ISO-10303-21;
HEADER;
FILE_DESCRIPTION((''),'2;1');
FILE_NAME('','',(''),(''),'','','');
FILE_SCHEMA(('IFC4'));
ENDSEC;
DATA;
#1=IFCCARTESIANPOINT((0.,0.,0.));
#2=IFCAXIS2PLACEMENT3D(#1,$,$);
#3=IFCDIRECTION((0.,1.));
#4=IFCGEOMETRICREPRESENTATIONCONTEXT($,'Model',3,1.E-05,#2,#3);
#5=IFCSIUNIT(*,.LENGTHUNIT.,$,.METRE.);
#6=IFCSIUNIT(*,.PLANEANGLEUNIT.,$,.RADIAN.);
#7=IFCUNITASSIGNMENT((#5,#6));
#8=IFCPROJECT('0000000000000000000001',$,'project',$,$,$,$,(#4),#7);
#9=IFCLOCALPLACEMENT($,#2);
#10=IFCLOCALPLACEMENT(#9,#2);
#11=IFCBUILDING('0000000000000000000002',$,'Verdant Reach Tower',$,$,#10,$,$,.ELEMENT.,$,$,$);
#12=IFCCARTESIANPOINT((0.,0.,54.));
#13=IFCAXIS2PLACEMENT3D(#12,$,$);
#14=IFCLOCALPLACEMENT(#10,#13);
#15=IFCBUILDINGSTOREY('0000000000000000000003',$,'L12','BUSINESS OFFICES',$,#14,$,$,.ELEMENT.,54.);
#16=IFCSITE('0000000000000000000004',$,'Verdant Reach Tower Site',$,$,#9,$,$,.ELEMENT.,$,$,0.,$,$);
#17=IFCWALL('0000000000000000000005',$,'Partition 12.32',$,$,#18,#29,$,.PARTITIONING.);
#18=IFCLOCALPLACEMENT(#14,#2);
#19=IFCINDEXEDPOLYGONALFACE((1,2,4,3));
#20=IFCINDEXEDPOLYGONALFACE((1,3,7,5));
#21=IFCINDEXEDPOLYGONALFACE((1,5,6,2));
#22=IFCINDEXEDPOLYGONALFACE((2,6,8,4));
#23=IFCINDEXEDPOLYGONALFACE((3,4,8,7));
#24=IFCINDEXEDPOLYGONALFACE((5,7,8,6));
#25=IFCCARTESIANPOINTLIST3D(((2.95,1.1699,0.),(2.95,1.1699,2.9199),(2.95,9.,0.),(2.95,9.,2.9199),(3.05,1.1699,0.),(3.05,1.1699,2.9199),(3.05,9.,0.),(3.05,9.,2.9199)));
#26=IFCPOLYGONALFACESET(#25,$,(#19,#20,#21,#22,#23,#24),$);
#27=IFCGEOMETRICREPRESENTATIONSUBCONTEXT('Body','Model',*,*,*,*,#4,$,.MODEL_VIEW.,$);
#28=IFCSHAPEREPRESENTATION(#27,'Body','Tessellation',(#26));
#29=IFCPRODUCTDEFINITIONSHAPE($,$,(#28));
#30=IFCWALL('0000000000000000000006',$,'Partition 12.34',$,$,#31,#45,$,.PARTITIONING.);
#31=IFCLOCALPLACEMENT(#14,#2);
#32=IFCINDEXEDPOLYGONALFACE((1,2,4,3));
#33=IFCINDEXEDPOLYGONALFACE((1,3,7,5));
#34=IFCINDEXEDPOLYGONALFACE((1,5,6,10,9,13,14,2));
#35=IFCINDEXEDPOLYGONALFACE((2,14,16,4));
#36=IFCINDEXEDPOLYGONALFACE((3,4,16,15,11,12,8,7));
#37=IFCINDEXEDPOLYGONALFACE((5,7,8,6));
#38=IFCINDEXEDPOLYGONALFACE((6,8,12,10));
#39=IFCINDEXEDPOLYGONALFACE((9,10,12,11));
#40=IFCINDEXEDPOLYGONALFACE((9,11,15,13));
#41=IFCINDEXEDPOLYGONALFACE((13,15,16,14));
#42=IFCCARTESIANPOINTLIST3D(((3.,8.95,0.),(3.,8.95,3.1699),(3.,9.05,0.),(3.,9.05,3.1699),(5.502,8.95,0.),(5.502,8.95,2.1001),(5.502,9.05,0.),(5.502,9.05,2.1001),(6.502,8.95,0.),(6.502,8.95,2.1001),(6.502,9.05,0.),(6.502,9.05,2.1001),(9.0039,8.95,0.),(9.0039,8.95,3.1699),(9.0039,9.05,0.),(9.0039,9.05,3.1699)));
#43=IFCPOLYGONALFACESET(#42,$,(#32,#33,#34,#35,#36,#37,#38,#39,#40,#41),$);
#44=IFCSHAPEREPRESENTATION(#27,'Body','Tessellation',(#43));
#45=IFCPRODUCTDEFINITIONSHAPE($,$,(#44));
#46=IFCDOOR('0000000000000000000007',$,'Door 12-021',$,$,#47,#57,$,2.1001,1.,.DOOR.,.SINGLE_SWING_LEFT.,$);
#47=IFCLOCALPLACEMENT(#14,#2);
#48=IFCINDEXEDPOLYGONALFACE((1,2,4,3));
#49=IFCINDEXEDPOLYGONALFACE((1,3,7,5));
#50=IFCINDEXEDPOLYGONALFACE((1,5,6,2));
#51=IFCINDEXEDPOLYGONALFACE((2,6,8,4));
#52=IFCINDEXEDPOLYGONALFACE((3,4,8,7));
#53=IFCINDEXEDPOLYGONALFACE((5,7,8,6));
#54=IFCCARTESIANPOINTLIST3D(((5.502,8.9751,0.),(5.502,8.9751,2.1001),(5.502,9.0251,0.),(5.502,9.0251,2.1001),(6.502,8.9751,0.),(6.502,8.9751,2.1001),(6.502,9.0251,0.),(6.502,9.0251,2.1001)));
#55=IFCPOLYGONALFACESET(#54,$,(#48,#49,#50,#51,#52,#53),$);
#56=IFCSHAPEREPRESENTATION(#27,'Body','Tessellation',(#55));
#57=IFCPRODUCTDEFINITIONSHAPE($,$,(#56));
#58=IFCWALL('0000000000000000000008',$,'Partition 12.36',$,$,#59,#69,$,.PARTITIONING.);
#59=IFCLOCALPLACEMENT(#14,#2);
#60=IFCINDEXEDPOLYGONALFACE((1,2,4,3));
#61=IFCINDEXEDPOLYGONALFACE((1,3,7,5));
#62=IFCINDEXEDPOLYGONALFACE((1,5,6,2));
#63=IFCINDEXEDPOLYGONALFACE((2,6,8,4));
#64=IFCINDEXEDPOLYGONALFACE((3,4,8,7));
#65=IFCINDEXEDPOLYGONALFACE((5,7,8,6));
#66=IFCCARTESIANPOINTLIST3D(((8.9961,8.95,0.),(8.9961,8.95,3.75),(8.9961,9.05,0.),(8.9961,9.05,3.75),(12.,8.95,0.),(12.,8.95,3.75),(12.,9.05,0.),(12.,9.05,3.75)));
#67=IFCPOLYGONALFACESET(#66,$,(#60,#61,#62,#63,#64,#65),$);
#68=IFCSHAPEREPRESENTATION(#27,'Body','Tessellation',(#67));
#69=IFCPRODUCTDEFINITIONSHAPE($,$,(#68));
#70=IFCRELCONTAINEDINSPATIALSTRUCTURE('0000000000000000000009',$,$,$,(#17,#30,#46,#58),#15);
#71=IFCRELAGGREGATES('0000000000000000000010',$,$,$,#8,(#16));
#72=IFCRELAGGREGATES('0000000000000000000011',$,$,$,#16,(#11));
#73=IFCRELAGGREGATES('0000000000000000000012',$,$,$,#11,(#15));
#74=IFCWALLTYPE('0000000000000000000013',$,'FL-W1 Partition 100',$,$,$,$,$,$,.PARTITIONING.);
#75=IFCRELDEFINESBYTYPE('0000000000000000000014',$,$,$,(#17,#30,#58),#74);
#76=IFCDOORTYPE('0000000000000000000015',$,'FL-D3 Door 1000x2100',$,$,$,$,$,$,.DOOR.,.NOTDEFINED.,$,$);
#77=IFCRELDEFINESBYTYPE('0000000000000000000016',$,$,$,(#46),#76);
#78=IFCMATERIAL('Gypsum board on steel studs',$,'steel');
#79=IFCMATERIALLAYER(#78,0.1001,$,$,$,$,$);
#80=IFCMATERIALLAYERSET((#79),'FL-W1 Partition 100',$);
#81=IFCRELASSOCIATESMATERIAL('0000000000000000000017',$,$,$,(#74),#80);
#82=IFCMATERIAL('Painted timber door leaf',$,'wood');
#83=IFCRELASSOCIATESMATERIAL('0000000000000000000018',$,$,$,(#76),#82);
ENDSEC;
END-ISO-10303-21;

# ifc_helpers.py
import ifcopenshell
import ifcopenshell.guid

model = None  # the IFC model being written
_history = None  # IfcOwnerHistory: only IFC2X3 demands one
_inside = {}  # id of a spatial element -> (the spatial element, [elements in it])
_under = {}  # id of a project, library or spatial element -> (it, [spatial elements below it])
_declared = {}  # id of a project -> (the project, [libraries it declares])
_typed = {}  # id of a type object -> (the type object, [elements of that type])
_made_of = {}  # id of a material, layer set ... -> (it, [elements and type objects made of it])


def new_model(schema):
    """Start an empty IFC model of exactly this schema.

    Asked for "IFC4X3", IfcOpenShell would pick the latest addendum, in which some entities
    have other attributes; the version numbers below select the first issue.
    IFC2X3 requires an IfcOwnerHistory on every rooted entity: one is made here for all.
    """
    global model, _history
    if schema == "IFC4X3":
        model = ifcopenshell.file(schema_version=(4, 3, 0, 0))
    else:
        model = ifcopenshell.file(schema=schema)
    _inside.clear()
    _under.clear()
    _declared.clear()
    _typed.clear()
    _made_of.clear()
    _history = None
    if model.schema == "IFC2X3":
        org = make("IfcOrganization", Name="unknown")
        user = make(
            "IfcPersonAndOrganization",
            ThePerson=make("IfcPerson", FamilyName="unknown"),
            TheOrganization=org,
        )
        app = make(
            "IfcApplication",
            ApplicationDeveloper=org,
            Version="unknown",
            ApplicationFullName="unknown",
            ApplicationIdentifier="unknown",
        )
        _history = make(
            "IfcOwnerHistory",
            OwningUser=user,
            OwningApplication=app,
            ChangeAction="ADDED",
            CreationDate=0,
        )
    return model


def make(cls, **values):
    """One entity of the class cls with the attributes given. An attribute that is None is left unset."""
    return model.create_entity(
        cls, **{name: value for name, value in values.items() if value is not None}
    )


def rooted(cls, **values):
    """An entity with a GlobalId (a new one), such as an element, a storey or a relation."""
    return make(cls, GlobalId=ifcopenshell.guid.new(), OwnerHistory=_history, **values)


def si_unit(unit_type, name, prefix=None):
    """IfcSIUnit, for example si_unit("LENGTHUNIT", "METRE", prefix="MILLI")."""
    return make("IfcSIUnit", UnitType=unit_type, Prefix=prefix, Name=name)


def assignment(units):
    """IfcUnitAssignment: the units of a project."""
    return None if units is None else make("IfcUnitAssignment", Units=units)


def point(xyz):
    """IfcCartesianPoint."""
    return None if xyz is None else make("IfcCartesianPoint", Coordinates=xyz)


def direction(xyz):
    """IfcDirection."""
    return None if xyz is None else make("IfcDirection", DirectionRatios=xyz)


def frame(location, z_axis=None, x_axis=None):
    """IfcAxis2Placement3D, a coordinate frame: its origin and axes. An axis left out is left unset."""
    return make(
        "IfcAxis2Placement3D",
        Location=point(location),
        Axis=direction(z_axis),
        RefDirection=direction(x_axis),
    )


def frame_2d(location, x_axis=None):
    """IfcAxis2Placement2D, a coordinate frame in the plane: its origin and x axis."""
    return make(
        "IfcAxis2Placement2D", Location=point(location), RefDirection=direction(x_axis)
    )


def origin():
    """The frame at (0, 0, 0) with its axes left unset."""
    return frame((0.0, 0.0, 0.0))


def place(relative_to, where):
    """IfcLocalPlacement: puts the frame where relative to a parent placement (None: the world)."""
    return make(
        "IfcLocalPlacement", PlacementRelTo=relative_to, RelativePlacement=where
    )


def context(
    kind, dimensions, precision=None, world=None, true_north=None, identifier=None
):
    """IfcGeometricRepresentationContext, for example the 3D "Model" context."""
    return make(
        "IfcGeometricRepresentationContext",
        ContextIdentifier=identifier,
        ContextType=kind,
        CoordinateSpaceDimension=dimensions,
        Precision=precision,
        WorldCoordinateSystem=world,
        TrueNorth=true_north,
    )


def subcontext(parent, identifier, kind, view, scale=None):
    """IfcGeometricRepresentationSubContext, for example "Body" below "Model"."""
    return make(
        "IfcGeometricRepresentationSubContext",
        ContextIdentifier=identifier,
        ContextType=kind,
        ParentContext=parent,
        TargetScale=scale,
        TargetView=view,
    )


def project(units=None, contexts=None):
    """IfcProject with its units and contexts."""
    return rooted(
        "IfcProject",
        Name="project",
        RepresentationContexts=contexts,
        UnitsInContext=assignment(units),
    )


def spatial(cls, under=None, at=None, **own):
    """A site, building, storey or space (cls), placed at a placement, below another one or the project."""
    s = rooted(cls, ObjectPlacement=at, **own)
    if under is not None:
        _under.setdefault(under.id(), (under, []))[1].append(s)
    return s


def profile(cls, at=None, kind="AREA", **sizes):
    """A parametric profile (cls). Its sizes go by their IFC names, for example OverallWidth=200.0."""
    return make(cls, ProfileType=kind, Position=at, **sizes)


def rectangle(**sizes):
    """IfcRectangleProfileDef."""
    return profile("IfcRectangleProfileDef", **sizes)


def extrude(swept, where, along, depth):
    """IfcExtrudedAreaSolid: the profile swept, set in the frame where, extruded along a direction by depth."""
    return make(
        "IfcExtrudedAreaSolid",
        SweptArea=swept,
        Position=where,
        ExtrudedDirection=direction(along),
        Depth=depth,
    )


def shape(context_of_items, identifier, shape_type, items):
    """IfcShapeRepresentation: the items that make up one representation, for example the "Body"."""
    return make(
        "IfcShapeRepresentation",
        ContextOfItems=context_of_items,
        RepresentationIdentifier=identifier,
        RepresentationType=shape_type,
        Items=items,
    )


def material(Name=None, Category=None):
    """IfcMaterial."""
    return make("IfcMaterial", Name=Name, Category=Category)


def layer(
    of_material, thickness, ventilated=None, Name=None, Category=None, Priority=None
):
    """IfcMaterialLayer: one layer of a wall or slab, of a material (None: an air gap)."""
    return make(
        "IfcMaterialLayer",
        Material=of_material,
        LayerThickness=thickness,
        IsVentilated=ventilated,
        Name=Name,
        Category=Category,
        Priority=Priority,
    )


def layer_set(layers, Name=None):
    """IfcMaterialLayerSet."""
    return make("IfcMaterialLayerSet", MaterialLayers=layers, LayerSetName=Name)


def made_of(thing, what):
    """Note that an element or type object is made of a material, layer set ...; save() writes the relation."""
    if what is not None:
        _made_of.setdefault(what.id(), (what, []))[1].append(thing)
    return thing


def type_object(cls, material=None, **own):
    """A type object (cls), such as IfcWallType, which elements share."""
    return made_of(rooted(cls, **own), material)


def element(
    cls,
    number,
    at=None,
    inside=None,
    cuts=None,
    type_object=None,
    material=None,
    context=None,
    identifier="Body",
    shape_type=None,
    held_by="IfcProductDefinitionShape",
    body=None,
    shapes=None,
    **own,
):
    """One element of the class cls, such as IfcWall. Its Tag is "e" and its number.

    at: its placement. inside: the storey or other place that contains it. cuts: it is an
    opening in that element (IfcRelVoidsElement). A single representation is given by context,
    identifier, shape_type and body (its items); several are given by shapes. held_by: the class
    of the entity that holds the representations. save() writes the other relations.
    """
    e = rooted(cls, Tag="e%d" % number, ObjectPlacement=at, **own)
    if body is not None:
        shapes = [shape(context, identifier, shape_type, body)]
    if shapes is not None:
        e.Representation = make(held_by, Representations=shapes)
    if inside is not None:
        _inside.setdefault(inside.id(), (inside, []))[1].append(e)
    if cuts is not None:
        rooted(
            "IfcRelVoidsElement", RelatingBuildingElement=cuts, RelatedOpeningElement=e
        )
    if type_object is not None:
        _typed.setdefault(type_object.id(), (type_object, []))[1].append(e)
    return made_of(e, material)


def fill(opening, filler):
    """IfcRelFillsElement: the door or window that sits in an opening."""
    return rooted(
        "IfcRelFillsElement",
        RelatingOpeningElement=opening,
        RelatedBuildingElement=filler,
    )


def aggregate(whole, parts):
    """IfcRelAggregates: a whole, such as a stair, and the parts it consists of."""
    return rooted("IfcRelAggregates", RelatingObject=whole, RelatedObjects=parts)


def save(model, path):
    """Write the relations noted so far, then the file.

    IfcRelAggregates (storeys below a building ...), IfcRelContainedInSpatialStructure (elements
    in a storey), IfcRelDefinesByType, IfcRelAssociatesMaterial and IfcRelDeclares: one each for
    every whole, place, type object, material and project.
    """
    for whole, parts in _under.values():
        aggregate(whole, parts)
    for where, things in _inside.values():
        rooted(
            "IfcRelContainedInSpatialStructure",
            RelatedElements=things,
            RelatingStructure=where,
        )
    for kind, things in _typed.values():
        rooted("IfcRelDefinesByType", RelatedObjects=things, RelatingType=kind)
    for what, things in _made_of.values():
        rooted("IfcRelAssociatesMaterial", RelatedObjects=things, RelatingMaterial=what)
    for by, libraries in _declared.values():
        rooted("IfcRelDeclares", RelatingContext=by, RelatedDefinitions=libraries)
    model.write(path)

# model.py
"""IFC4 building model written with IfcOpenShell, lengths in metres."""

from ifc_helpers import new_model, si_unit, direction, frame, frame_2d, origin, place, context, subcontext, project, spatial, rectangle, extrude, material, layer, layer_set, type_object, element, fill, save


model = new_model("IFC4")

# Units and contexts
model_context = context("Model", 3, precision=1e-05, world=origin(), true_north=direction((0.0, 1.0)))
body_context = subcontext(model_context, "Body", "Model", "MODEL_VIEW")
ifc_project = project(units=[si_unit("LENGTHUNIT", "METRE"), si_unit("PLANEANGLEUNIT", "RADIAN")], contexts=[model_context])

# Site, building, storey
site_placement = place(None, origin())
site = spatial("IfcSite", under=ifc_project, at=site_placement, Name="Verdant Reach Tower Site", CompositionType="ELEMENT", RefElevation=0.0)
building_placement = place(site_placement, origin())
building = spatial("IfcBuilding", under=site, at=building_placement, Name="Verdant Reach Tower", CompositionType="ELEMENT")
storey_placement = place(building_placement, frame((0.0, 0.0, 54.0)))
storey = spatial("IfcBuildingStorey", under=building, at=storey_placement, Name="L12", Description="BUSINESS OFFICES", CompositionType="ELEMENT", Elevation=54.0)

# Shared definitions
ifc_material_1 = material(Name="Gypsum board on steel studs", Category="steel")
ifc_layer_1 = layer(ifc_material_1, 0.1001)
ifc_layer_set_1 = layer_set([ifc_layer_1], Name="FL-W1 Partition 100")
wall_type = type_object("IfcWallType", Name="FL-W1 Partition 100", PredefinedType="PARTITIONING", material=ifc_layer_set_1)

# Shared definitions
ifc_material_2 = material(Name="Painted timber door leaf", Category="wood")
door_type = type_object("IfcDoorType", Name="FL-D3 Door 1000x2100", OperationType="NOTDEFINED", PredefinedType="DOOR", material=ifc_material_2)

# Wall
wall_1_placement = place(storey_placement, frame((3.0, 1.1699, 0.0), z_axis=(0.0, 0.0, 1.0), x_axis=(0.0, 1.0, 0.0)))
element("IfcWall", 1, at=wall_1_placement, inside=storey, type_object=wall_type, Name="Partition 12.32", PredefinedType="PARTITIONING", context=body_context, shape_type="SweptSolid", body=[
    extrude(rectangle(XDim=7.8301, YDim=0.1001, at=frame_2d((3.915, 0.0))), origin(), (0.0, 0.0, 1.0), 2.9199),
])

# Wall, opening, door
wall_2_placement = place(storey_placement, frame((9.0039, 9.0, 0.0), z_axis=(0.0, 0.0, 1.0), x_axis=(-1.0, 0.0, 0.0)))
wall_2 = element("IfcWall", 2, at=wall_2_placement, inside=storey, type_object=wall_type, Name="Partition 12.34", PredefinedType="PARTITIONING", context=body_context, shape_type="SweptSolid", body=[
    extrude(rectangle(XDim=6.0039, YDim=0.1001, at=frame_2d((3.002, 0.0))), origin(), (0.0, 0.0, 1.0), 3.1699),
])
opening_1_placement = place(wall_2_placement, frame((2.502, 0.0, 0.0)))
opening_1 = element("IfcOpeningElement", 3, at=opening_1_placement, cuts=wall_2, PredefinedType="OPENING", context=body_context, shape_type="SweptSolid", body=[
    extrude(rectangle(XDim=1.0, YDim=2.1001, at=frame_2d((0.5, 1.05))), frame((0.0, 0.0601, 0.0), z_axis=(0.0, -1.0, 0.0), x_axis=(1.0, 0.0, 0.0)), (0.0, 0.0, 1.0), 0.1201),
])
door_1_placement = place(opening_1_placement, origin())
door_1 = element("IfcDoor", 4, at=door_1_placement, inside=storey, type_object=door_type, Name="Door 12-021", OperationType="SINGLE_SWING_LEFT", OverallHeight=2.1001, OverallWidth=1.0, PredefinedType="DOOR", context=body_context, shape_type="SweptSolid", body=[
    extrude(rectangle(XDim=1.0, YDim=2.1001, at=frame_2d((0.5, 1.05))), frame((0.0, 0.0249, 0.0), z_axis=(0.0, -1.0, 0.0), x_axis=(1.0, 0.0, 0.0)), (0.0, 0.0, 1.0), 0.05),
])
fill(opening_1, door_1)

# Wall
wall_3_placement = place(storey_placement, frame((8.9961, 9.0, 0.0), z_axis=(0.0, 0.0, 1.0), x_axis=(1.0, 0.0, 0.0)))
element("IfcWall", 5, at=wall_3_placement, inside=storey, type_object=wall_type, Name="Partition 12.36", PredefinedType="PARTITIONING", context=body_context, shape_type="SweptSolid", body=[
    extrude(rectangle(XDim=3.0039, YDim=0.1001, at=frame_2d((1.502, 0.0))), origin(), (0.0, 0.0, 1.0), 3.75),
])

save(model, "model.ifc")
